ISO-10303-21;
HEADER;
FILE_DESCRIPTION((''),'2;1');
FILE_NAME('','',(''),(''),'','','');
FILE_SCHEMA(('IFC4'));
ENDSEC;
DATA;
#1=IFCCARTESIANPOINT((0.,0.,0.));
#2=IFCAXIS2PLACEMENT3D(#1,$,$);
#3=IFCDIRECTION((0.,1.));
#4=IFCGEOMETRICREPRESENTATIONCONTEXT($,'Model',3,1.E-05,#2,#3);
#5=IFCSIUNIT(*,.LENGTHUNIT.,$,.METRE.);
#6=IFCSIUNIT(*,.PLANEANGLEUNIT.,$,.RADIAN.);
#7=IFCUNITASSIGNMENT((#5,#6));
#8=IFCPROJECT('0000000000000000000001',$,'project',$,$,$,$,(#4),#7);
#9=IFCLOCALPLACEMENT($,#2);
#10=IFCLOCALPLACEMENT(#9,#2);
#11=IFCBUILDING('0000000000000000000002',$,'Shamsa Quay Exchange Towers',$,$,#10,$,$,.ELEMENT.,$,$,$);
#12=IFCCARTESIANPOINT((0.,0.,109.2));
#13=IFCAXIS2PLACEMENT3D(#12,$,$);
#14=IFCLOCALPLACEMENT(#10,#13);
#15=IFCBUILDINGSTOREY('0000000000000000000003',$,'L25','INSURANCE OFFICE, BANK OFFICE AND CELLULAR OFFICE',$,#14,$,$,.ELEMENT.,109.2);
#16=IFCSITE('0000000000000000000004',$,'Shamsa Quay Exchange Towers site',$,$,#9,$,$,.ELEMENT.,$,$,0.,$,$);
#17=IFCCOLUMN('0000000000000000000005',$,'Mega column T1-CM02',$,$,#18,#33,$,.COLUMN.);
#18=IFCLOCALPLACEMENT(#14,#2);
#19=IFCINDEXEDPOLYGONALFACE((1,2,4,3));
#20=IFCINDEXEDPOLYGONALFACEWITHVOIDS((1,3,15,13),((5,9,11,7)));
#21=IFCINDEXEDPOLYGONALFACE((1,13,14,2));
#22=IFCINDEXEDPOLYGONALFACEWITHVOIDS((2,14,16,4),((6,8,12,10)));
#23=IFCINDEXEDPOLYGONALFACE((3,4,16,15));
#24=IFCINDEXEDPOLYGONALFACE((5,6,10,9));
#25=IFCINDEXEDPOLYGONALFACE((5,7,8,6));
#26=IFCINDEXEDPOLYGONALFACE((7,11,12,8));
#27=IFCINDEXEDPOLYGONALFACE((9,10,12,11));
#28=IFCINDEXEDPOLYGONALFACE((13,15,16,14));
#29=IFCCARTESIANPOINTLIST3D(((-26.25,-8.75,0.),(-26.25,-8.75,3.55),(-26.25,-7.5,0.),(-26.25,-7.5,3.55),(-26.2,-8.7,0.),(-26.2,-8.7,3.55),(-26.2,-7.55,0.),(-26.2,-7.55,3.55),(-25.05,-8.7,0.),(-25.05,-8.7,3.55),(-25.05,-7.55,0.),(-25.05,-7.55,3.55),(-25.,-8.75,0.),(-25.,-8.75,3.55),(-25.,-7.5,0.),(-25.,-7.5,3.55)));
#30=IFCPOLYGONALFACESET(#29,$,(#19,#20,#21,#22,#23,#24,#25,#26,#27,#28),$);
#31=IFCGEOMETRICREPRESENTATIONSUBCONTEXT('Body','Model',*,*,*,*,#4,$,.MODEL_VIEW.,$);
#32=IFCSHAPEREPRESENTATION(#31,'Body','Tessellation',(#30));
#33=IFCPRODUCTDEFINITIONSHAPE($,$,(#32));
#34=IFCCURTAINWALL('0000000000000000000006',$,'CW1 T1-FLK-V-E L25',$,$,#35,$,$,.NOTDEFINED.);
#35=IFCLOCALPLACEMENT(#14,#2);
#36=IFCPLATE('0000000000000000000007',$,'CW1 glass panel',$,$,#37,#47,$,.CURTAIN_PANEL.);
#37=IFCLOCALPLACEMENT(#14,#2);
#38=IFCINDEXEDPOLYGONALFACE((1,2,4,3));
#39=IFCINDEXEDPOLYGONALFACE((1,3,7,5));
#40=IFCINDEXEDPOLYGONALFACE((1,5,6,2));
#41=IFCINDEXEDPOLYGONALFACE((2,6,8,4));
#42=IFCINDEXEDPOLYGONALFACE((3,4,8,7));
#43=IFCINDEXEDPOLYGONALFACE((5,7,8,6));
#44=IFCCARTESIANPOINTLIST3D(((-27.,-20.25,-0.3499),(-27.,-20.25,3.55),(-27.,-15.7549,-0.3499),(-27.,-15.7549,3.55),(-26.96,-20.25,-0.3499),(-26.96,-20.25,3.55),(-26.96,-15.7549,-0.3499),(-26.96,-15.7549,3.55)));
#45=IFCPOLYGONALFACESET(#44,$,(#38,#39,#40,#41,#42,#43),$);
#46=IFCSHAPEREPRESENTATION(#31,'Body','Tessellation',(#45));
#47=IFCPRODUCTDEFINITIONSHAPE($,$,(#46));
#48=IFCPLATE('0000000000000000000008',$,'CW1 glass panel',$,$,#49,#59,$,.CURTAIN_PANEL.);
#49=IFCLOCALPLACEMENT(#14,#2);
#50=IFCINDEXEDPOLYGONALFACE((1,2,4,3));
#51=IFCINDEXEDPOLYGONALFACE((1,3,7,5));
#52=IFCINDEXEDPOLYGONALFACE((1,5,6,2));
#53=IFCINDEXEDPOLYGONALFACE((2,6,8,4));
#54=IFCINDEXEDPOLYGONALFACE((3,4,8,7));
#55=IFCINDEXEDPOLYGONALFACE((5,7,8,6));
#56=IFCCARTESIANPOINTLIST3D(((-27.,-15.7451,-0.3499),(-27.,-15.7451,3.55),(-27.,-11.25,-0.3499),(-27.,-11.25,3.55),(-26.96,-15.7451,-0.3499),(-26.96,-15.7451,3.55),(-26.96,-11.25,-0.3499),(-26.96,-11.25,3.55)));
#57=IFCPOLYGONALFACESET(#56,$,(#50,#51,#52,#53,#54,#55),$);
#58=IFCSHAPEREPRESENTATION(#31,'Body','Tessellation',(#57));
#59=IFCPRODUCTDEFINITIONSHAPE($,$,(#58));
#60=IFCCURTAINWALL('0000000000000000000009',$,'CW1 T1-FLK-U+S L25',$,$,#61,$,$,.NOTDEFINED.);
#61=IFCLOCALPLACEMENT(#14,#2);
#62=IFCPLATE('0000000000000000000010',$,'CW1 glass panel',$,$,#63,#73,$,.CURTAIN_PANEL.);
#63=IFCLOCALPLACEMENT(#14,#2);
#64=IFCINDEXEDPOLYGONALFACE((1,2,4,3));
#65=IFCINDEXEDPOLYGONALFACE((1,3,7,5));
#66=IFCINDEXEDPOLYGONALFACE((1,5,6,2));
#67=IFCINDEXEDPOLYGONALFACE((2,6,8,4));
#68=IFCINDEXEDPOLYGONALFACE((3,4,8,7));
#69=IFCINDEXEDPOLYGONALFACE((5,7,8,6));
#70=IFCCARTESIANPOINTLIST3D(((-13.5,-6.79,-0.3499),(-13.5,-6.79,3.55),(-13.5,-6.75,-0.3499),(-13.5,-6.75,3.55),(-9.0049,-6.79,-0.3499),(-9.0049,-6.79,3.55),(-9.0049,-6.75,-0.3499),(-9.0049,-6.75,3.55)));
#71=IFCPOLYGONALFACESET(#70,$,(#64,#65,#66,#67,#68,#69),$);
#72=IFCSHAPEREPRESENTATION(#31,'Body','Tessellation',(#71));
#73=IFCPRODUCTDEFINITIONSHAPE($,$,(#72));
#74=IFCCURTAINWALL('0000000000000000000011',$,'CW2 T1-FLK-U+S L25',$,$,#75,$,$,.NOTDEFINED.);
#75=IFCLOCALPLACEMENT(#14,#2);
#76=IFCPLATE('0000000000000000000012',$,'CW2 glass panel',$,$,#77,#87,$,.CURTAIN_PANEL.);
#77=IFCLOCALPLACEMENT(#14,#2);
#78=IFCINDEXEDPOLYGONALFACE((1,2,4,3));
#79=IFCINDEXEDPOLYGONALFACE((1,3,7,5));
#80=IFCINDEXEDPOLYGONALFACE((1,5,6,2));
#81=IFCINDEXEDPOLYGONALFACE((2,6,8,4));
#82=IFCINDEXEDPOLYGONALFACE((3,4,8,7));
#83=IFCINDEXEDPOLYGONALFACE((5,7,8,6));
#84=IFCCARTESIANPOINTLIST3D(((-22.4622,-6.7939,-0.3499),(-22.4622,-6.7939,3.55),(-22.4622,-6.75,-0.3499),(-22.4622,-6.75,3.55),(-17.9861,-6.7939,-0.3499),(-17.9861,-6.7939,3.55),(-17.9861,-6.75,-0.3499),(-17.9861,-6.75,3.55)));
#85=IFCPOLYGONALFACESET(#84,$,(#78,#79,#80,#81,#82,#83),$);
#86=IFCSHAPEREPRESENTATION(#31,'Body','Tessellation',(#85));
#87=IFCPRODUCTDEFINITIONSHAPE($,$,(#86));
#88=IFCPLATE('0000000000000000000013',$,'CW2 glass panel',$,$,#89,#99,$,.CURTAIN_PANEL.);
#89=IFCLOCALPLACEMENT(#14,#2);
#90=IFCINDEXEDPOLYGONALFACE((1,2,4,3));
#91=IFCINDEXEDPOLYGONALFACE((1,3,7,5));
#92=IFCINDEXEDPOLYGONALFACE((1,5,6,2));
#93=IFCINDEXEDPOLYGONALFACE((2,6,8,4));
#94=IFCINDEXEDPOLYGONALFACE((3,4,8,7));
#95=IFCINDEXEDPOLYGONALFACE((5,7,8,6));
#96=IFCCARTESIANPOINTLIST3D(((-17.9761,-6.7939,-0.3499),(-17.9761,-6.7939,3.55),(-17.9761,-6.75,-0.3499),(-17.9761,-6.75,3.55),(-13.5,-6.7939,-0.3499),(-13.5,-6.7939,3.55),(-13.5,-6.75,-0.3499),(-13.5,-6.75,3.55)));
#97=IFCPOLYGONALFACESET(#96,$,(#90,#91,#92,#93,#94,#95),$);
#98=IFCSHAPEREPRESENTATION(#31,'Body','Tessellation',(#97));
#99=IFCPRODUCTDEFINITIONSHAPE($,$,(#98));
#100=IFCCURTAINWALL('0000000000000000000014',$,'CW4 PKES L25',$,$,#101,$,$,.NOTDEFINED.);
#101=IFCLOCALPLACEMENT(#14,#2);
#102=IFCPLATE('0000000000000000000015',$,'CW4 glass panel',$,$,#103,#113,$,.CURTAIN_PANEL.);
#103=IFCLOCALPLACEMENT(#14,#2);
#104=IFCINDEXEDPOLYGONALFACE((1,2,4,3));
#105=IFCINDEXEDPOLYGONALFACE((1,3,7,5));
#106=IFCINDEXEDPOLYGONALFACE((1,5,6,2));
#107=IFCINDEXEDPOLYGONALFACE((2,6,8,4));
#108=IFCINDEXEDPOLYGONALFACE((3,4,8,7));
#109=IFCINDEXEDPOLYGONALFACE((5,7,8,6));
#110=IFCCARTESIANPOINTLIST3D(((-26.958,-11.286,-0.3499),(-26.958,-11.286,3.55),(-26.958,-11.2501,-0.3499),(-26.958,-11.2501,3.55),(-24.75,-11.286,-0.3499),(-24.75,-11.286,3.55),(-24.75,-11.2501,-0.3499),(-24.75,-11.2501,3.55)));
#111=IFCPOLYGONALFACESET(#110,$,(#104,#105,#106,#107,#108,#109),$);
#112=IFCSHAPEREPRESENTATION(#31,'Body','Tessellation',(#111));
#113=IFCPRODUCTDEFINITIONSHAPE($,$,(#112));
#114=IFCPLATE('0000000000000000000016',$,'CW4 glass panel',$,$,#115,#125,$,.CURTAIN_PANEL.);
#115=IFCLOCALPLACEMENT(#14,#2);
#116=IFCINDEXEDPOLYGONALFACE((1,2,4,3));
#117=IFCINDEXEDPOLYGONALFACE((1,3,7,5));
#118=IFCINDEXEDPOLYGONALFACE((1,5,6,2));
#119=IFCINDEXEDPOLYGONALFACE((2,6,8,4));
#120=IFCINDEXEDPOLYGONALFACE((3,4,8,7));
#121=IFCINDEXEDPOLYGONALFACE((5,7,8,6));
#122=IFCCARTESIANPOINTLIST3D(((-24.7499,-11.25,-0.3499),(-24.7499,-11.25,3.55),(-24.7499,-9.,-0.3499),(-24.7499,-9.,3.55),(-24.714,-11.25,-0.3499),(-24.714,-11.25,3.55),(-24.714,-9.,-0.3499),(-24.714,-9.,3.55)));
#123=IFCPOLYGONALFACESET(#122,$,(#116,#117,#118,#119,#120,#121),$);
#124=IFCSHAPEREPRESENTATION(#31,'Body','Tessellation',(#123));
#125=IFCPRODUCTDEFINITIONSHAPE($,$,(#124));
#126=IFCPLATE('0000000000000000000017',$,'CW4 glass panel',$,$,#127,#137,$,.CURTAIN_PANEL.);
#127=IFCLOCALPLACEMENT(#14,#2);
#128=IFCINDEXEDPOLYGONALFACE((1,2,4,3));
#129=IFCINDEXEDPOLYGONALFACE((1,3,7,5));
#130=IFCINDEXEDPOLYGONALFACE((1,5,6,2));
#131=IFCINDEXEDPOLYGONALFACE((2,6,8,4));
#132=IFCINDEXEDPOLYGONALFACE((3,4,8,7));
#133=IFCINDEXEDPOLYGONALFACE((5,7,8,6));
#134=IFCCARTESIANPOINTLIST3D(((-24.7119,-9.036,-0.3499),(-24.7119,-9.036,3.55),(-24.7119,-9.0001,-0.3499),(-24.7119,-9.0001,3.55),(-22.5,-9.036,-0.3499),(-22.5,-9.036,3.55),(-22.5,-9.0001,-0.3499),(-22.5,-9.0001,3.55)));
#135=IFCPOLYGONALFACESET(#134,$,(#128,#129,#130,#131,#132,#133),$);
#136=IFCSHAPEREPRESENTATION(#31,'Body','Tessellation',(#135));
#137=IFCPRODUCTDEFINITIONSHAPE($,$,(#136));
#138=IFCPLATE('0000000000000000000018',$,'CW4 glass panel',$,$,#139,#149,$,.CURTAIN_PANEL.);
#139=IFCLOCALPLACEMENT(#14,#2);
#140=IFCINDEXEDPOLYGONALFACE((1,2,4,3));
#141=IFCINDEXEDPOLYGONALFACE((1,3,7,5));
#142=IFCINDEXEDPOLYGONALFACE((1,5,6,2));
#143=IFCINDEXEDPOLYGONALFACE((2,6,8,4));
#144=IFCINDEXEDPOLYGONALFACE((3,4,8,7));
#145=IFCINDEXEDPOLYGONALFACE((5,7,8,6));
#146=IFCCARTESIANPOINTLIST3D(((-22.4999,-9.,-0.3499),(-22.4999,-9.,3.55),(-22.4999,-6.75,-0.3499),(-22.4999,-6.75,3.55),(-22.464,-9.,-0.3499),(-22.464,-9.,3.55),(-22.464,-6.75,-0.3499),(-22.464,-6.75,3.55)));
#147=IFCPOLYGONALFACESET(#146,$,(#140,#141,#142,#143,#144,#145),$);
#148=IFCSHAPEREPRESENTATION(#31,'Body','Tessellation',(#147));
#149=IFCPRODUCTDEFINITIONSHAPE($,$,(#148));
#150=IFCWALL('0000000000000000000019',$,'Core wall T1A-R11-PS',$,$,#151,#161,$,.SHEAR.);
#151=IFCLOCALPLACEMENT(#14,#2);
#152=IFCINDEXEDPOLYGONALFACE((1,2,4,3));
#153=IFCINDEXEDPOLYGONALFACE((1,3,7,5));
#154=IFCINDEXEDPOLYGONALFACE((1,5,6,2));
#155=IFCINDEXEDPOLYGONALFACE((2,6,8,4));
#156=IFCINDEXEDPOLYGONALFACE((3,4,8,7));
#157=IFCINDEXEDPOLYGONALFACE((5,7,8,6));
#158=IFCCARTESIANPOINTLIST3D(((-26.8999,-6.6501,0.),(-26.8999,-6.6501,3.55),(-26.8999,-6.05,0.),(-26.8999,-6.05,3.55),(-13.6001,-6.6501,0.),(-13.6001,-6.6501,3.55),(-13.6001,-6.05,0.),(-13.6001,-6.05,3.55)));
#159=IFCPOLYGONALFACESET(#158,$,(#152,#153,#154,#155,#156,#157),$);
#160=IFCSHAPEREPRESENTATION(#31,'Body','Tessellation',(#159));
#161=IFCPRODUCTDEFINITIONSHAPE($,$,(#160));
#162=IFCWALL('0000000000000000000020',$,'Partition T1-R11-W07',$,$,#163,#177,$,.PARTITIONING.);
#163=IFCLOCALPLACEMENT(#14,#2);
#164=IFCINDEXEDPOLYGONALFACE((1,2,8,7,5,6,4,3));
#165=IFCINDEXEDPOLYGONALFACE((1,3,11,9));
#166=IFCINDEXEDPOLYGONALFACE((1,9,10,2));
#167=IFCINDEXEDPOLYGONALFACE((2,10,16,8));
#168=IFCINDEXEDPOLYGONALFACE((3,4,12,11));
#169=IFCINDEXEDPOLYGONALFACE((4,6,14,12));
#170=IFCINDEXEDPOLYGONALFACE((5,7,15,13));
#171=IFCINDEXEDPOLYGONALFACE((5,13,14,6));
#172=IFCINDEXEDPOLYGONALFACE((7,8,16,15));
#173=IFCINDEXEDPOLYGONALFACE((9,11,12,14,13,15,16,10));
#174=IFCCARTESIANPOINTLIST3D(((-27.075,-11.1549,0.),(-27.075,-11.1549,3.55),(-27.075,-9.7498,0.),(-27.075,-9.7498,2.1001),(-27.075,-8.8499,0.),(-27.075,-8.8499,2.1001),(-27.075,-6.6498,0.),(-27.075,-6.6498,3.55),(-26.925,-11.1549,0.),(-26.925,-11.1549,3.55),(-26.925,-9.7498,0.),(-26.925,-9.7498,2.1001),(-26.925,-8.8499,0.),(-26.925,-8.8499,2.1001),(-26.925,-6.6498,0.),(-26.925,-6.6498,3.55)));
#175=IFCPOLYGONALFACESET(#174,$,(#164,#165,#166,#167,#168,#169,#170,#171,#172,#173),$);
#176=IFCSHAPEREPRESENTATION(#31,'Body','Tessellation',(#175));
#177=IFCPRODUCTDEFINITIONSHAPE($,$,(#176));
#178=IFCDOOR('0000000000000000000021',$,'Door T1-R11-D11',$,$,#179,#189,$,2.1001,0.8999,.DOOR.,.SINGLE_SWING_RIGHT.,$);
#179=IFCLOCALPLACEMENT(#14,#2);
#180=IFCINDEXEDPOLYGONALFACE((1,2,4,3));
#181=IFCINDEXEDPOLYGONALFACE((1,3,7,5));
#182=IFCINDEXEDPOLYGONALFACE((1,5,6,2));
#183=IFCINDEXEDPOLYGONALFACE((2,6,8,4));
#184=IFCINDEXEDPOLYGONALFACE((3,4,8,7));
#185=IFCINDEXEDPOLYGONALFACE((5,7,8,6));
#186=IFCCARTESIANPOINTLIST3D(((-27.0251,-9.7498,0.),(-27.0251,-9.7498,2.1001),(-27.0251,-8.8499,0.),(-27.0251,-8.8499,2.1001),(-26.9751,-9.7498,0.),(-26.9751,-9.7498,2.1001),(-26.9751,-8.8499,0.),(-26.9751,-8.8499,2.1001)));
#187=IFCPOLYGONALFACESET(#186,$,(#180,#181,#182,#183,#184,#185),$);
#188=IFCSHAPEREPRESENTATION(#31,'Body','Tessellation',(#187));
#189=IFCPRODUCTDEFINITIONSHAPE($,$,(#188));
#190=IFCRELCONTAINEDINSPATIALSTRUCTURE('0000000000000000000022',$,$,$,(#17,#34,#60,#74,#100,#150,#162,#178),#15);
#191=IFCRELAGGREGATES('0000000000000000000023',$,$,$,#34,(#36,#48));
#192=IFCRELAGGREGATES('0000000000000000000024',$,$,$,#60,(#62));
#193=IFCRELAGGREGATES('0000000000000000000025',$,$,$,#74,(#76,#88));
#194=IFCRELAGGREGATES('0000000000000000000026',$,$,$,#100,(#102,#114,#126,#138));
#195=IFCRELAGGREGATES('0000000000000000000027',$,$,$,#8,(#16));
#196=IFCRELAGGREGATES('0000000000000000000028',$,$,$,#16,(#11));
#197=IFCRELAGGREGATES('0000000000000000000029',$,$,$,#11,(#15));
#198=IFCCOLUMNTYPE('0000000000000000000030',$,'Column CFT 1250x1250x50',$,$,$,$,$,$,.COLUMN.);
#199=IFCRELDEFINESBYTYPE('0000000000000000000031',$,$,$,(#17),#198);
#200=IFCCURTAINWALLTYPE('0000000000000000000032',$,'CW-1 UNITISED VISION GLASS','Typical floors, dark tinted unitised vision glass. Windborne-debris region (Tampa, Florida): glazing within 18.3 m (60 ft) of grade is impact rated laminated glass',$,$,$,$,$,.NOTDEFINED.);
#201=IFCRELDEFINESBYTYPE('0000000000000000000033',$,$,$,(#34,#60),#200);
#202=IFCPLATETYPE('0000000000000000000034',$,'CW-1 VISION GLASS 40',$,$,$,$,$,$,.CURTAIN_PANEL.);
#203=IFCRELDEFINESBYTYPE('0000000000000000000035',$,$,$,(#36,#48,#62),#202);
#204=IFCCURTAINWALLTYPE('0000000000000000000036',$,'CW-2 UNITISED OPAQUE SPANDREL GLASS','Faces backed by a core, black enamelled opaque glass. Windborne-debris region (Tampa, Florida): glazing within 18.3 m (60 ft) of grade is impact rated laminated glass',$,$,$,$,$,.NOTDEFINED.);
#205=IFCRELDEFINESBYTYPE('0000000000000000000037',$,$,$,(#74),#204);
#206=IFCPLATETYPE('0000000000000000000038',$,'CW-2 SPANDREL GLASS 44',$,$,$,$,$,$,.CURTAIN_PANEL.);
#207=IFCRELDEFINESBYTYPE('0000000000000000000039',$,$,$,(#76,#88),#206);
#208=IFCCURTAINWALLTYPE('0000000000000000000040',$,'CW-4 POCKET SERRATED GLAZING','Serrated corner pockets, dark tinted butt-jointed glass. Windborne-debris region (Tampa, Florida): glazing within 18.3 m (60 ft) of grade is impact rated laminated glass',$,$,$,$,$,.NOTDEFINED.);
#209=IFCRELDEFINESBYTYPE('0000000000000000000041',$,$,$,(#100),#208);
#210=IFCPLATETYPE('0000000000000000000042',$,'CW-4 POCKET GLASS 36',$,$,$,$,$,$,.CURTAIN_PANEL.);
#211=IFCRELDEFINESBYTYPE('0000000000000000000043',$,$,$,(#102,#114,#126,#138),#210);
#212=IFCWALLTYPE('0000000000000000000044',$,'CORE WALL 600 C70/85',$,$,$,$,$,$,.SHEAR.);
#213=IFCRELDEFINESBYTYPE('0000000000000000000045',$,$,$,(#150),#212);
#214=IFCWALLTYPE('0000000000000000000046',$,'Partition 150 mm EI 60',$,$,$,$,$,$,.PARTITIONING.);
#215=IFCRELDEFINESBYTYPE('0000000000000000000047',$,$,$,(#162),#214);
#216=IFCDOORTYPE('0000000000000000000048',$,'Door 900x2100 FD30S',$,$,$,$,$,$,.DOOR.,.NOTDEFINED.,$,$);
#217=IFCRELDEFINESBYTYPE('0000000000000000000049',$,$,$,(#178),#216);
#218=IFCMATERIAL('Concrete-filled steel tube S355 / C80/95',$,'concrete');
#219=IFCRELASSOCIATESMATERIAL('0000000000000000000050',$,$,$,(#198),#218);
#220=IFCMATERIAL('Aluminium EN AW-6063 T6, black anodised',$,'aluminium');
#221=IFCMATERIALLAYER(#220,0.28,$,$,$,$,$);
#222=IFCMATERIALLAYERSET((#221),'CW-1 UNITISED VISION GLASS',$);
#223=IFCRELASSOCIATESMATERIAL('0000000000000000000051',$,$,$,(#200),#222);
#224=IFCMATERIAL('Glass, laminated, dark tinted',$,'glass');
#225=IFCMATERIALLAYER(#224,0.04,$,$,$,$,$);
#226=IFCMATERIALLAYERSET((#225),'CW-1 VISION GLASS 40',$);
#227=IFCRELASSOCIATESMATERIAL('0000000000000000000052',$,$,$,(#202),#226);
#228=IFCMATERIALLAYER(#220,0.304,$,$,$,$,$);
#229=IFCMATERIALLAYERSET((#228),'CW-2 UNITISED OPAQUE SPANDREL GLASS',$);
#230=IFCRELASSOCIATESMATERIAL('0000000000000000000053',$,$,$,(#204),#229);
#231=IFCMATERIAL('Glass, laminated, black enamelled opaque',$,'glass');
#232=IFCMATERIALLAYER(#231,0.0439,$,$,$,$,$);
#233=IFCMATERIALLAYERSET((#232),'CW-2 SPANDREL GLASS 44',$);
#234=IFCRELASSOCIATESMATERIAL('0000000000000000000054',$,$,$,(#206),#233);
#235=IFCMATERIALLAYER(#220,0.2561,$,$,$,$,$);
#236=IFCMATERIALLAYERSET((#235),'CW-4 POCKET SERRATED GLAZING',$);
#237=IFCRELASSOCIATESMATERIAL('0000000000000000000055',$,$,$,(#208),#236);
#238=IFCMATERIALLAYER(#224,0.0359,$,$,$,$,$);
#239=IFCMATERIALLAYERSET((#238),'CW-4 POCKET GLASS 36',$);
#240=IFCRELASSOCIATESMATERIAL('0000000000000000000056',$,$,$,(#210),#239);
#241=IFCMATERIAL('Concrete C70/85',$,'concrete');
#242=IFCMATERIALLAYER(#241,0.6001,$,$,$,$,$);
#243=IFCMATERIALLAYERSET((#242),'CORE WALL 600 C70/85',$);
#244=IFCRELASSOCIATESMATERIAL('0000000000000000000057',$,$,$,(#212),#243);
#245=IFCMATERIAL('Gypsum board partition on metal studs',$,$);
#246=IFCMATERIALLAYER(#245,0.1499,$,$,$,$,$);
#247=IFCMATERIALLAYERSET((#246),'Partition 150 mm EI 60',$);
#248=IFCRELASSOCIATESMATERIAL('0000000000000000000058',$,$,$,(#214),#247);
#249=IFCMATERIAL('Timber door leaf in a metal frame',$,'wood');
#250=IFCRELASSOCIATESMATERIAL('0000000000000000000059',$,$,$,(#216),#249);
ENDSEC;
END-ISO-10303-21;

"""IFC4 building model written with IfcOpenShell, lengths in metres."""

from ifc_helpers import new_model, si_unit, direction, frame, frame_2d, origin, origin_2d, place, context, subcontext, project, spatial, rectangle, hollow_rectangle, extrude, material, layer, layer_set, material_profile, profile_set, type_object, element, fill, aggregate, save


model = new_model("IFC4")

# Units and contexts
model_context = context("Model", 3, precision=1e-05, world=origin(), true_north=direction((0.0, 1.0)))
body_context = subcontext(model_context, "Body", "Model", "MODEL_VIEW")
ifc_project = project(units=[si_unit("LENGTHUNIT", "METRE"), si_unit("PLANEANGLEUNIT", "RADIAN")], contexts=[model_context])

# Site, building, storey
site_placement = place(None, origin())
site = spatial("IfcSite", under=ifc_project, at=site_placement, Name="Shamsa Quay Exchange Towers site", CompositionType="ELEMENT", RefElevation=0.0)
building_placement = place(site_placement, origin())
building = spatial("IfcBuilding", under=site, at=building_placement, Name="Shamsa Quay Exchange Towers", CompositionType="ELEMENT")
storey_placement = place(building_placement, frame((0.0, 0.0, 109.2)))
storey = spatial("IfcBuildingStorey", under=building, at=storey_placement, Name="L25", Description="INSURANCE OFFICE, BANK OFFICE AND CELLULAR OFFICE", CompositionType="ELEMENT", Elevation=109.2)

# Column
ifc_material_1 = material(Name="Concrete-filled steel tube S355 / C80/95", Category="concrete")
ifc_material_profile = material_profile(ifc_material_1, hollow_rectangle(XDim=1.25, YDim=1.25, WallThickness=0.05, at=origin_2d()), Name="CFT 1250x1250x50")
ifc_profile_set = profile_set([ifc_material_profile], Name="Concrete-filled steel tube S355 / C80/95")
column_type = type_object("IfcColumnType", Name="Column CFT 1250x1250x50", PredefinedType="COLUMN", material=ifc_profile_set)
column_placement = place(storey_placement, frame((-25.625, -8.125, 0.0)))
element("IfcColumn", 1, at=column_placement, inside=storey, type_object=column_type, Name="Mega column T1-CM02", PredefinedType="COLUMN", context=body_context, shape_type="SweptSolid", body=[
    extrude(hollow_rectangle(XDim=1.25, YDim=1.25, WallThickness=0.05, at=origin_2d()), origin(), (0.0, 0.0, 1.0), 3.55),
])

# Curtain wall, plates
ifc_material_2 = material(Name="Aluminium EN AW-6063 T6, black anodised", Category="aluminium")
ifc_layer_1 = layer(ifc_material_2, 0.28)
ifc_layer_set_1 = layer_set([ifc_layer_1], Name="CW-1 UNITISED VISION GLASS")
curtain_wall_type_1 = type_object("IfcCurtainWallType", Name="CW-1 UNITISED VISION GLASS", Description="Typical floors, dark tinted unitised vision glass. Windborne-debris region (Tampa, Florida): glazing within 18.3 m (60 ft) of grade is impact rated laminated glass", PredefinedType="NOTDEFINED", material=ifc_layer_set_1)
curtain_wall_1_placement = place(storey_placement, origin())
curtain_wall_1 = element("IfcCurtainWall", 2, at=curtain_wall_1_placement, inside=storey, type_object=curtain_wall_type_1, Name="CW1 T1-FLK-V-E L25", PredefinedType="NOTDEFINED")
ifc_material_3 = material(Name="Glass, laminated, dark tinted", Category="glass")
ifc_layer_2 = layer(ifc_material_3, 0.04)
ifc_layer_set_2 = layer_set([ifc_layer_2], Name="CW-1 VISION GLASS 40")
plate_type_1 = type_object("IfcPlateType", Name="CW-1 VISION GLASS 40", PredefinedType="CURTAIN_PANEL", material=ifc_layer_set_2)
plate_1_placement = place(storey_placement, frame((-26.98, -18.0024, -0.3499), z_axis=(0.0, 0.0, 1.0), x_axis=(0.0, 1.0, 0.0)))
plate_1 = element("IfcPlate", 3, at=plate_1_placement, type_object=plate_type_1, Name="CW1 glass panel", PredefinedType="CURTAIN_PANEL", context=body_context, shape_type="SweptSolid", body=[
    extrude(rectangle(XDim=4.4951, YDim=0.04, at=origin_2d()), origin(), (0.0, 0.0, 1.0), 3.8999),
])
plate_2_placement = place(storey_placement, frame((-26.98, -13.4976, -0.3499), z_axis=(0.0, 0.0, 1.0), x_axis=(0.0, 1.0, 0.0)))
plate_2 = element("IfcPlate", 4, at=plate_2_placement, type_object=plate_type_1, Name="CW1 glass panel", PredefinedType="CURTAIN_PANEL", context=body_context, shape_type="SweptSolid", body=[
    extrude(rectangle(XDim=4.4951, YDim=0.04, at=origin_2d()), origin(), (0.0, 0.0, 1.0), 3.8999),
])
aggregate(curtain_wall_1, [plate_1, plate_2])

# Curtain wall, plate
curtain_wall_2_placement = place(storey_placement, origin())
curtain_wall_2 = element("IfcCurtainWall", 5, at=curtain_wall_2_placement, inside=storey, type_object=curtain_wall_type_1, Name="CW1 T1-FLK-U+S L25", PredefinedType="NOTDEFINED")
plate_3_placement = place(storey_placement, frame((-11.2524, -6.77, -0.3499)))
plate_3 = element("IfcPlate", 6, at=plate_3_placement, type_object=plate_type_1, Name="CW1 glass panel", PredefinedType="CURTAIN_PANEL", context=body_context, shape_type="SweptSolid", body=[
    extrude(rectangle(XDim=4.4951, YDim=0.04, at=origin_2d()), origin(), (0.0, 0.0, 1.0), 3.8999),
])
aggregate(curtain_wall_2, [plate_3])

# Curtain walls, plates
ifc_layer_3 = layer(ifc_material_2, 0.304)
ifc_layer_set_3 = layer_set([ifc_layer_3], Name="CW-2 UNITISED OPAQUE SPANDREL GLASS")
curtain_wall_type_2 = type_object("IfcCurtainWallType", Name="CW-2 UNITISED OPAQUE SPANDREL GLASS", Description="Faces backed by a core, black enamelled opaque glass. Windborne-debris region (Tampa, Florida): glazing within 18.3 m (60 ft) of grade is impact rated laminated glass", PredefinedType="NOTDEFINED", material=ifc_layer_set_3)
curtain_wall_3_placement = place(storey_placement, origin())
curtain_wall_3 = element("IfcCurtainWall", 7, at=curtain_wall_3_placement, inside=storey, type_object=curtain_wall_type_2, Name="CW2 T1-FLK-U+S L25", PredefinedType="NOTDEFINED")
ifc_material_4 = material(Name="Glass, laminated, black enamelled opaque", Category="glass")
ifc_layer_4 = layer(ifc_material_4, 0.0439)
ifc_layer_set_4 = layer_set([ifc_layer_4], Name="CW-2 SPANDREL GLASS 44")
plate_type_2 = type_object("IfcPlateType", Name="CW-2 SPANDREL GLASS 44", PredefinedType="CURTAIN_PANEL", material=ifc_layer_set_4)
plate_4_placement = place(storey_placement, frame((-20.2241, -6.772, -0.3499)))
plate_4 = element("IfcPlate", 8, at=plate_4_placement, type_object=plate_type_2, Name="CW2 glass panel", PredefinedType="CURTAIN_PANEL", context=body_context, shape_type="SweptSolid", body=[
    extrude(rectangle(XDim=4.4761, YDim=0.0439, at=origin_2d()), origin(), (0.0, 0.0, 1.0), 3.8999),
])
plate_5_placement = place(storey_placement, frame((-15.738, -6.772, -0.3499)))
plate_5 = element("IfcPlate", 9, at=plate_5_placement, type_object=plate_type_2, Name="CW2 glass panel", PredefinedType="CURTAIN_PANEL", context=body_context, shape_type="SweptSolid", body=[
    extrude(rectangle(XDim=4.4761, YDim=0.0439, at=origin_2d()), origin(), (0.0, 0.0, 1.0), 3.8999),
])
aggregate(curtain_wall_3, [plate_4, plate_5])
ifc_layer_5 = layer(ifc_material_2, 0.2561)
ifc_layer_set_5 = layer_set([ifc_layer_5], Name="CW-4 POCKET SERRATED GLAZING")
curtain_wall_type_3 = type_object("IfcCurtainWallType", Name="CW-4 POCKET SERRATED GLAZING", Description="Serrated corner pockets, dark tinted butt-jointed glass. Windborne-debris region (Tampa, Florida): glazing within 18.3 m (60 ft) of grade is impact rated laminated glass", PredefinedType="NOTDEFINED", material=ifc_layer_set_5)
curtain_wall_4_placement = place(storey_placement, origin())
curtain_wall_4 = element("IfcCurtainWall", 10, at=curtain_wall_4_placement, inside=storey, type_object=curtain_wall_type_3, Name="CW4 PKES L25", PredefinedType="NOTDEFINED")
ifc_layer_6 = layer(ifc_material_3, 0.0359)
ifc_layer_set_6 = layer_set([ifc_layer_6], Name="CW-4 POCKET GLASS 36")
plate_type_3 = type_object("IfcPlateType", Name="CW-4 POCKET GLASS 36", PredefinedType="CURTAIN_PANEL", material=ifc_layer_set_6)
plate_6_placement = place(storey_placement, frame((-25.854, -11.2681, -0.3499)))
plate_6 = element("IfcPlate", 11, at=plate_6_placement, type_object=plate_type_3, Name="CW4 glass panel", PredefinedType="CURTAIN_PANEL", context=body_context, shape_type="SweptSolid", body=[
    extrude(rectangle(XDim=2.208, YDim=0.0359, at=origin_2d()), origin(), (0.0, 0.0, 1.0), 3.8999),
])
plate_7_placement = place(storey_placement, frame((-24.7319, -10.125, -0.3499), z_axis=(0.0, 0.0, 1.0), x_axis=(0.0, 1.0, 0.0)))
plate_7 = element("IfcPlate", 12, at=plate_7_placement, type_object=plate_type_3, Name="CW4 glass panel", PredefinedType="CURTAIN_PANEL", context=body_context, shape_type="SweptSolid", body=[
    extrude(rectangle(XDim=2.25, YDim=0.0359, at=origin_2d()), origin(), (0.0, 0.0, 1.0), 3.8999),
])
plate_8_placement = place(storey_placement, frame((-23.606, -9.0181, -0.3499)))
plate_8 = element("IfcPlate", 13, at=plate_8_placement, type_object=plate_type_3, Name="CW4 glass panel", PredefinedType="CURTAIN_PANEL", context=body_context, shape_type="SweptSolid", body=[
    extrude(rectangle(XDim=2.2119, YDim=0.0359, at=origin_2d()), origin(), (0.0, 0.0, 1.0), 3.8999),
])
plate_9_placement = place(storey_placement, frame((-22.4819, -7.875, -0.3499), z_axis=(0.0, 0.0, 1.0), x_axis=(0.0, 1.0, 0.0)))
plate_9 = element("IfcPlate", 14, at=plate_9_placement, type_object=plate_type_3, Name="CW4 glass panel", PredefinedType="CURTAIN_PANEL", context=body_context, shape_type="SweptSolid", body=[
    extrude(rectangle(XDim=2.25, YDim=0.0359, at=origin_2d()), origin(), (0.0, 0.0, 1.0), 3.8999),
])
aggregate(curtain_wall_4, [plate_6, plate_7, plate_8, plate_9])

# Wall
ifc_material_5 = material(Name="Concrete C70/85", Category="concrete")
ifc_layer_7 = layer(ifc_material_5, 0.6001)
ifc_layer_set_7 = layer_set([ifc_layer_7], Name="CORE WALL 600 C70/85")
wall_type_1 = type_object("IfcWallType", Name="CORE WALL 600 C70/85", PredefinedType="SHEAR", material=ifc_layer_set_7)
wall_1_placement = place(storey_placement, frame((-26.8999, -6.3501, 0.0)))
element("IfcWall", 15, at=wall_1_placement, inside=storey, type_object=wall_type_1, Name="Core wall T1A-R11-PS", PredefinedType="SHEAR", context=body_context, shape_type="SweptSolid", body=[
    extrude(rectangle(XDim=13.2998, YDim=0.6001, at=frame_2d((6.6499, 0.0))), origin(), (0.0, 0.0, 1.0), 3.55),
])

# Wall, opening, door
ifc_material_6 = material(Name="Gypsum board partition on metal studs")
ifc_layer_8 = layer(ifc_material_6, 0.1499)
ifc_layer_set_8 = layer_set([ifc_layer_8], Name="Partition 150 mm EI 60")
wall_type_2 = type_object("IfcWallType", Name="Partition 150 mm EI 60", PredefinedType="PARTITIONING", material=ifc_layer_set_8)
wall_2_placement = place(storey_placement, frame((-27.0, -6.6499, 0.0), z_axis=(0.0, 0.0, 1.0), x_axis=(0.0, -1.0, 0.0)))
wall_2 = element("IfcWall", 16, at=wall_2_placement, inside=storey, type_object=wall_type_2, Name="Partition T1-R11-W07", PredefinedType="PARTITIONING", context=body_context, shape_type="SweptSolid", body=[
    extrude(rectangle(XDim=4.5051, YDim=0.1499, at=frame_2d((2.2524, 0.0))), origin(), (0.0, 0.0, 1.0), 3.55),
])
opening_1_placement = place(wall_2_placement, frame((2.2, 0.0, 0.0)))
opening_1 = element("IfcOpeningElement", 17, at=opening_1_placement, cuts=wall_2, PredefinedType="OPENING", context=body_context, shape_type="SweptSolid", body=[
    extrude(rectangle(XDim=0.8999, YDim=2.1001, at=frame_2d((0.45, 1.05))), frame((0.0, 0.085, 0.0), z_axis=(0.0, -1.0, 0.0), x_axis=(1.0, 0.0, 0.0)), (0.0, 0.0, 1.0), 0.1699),
])
ifc_material_7 = material(Name="Timber door leaf in a metal frame", Category="wood")
door_type_1 = type_object("IfcDoorType", Name="Door 900x2100 FD30S", OperationType="NOTDEFINED", PredefinedType="DOOR", material=ifc_material_7)
door_1_placement = place(opening_1_placement, origin())
door_1 = element("IfcDoor", 18, at=door_1_placement, inside=storey, type_object=door_type_1, Name="Door T1-R11-D11", OperationType="SINGLE_SWING_RIGHT", OverallHeight=2.1001, OverallWidth=0.8999, PredefinedType="DOOR", context=body_context, shape_type="SweptSolid", body=[
    extrude(rectangle(XDim=0.8999, YDim=2.1001, at=frame_2d((0.45, 1.05))), frame((0.0, 0.0249, 0.0), z_axis=(0.0, -1.0, 0.0), x_axis=(1.0, 0.0, 0.0)), (0.0, 0.0, 1.0), 0.05),
])
fill(opening_1, door_1)

save(model, "model.ifc")
